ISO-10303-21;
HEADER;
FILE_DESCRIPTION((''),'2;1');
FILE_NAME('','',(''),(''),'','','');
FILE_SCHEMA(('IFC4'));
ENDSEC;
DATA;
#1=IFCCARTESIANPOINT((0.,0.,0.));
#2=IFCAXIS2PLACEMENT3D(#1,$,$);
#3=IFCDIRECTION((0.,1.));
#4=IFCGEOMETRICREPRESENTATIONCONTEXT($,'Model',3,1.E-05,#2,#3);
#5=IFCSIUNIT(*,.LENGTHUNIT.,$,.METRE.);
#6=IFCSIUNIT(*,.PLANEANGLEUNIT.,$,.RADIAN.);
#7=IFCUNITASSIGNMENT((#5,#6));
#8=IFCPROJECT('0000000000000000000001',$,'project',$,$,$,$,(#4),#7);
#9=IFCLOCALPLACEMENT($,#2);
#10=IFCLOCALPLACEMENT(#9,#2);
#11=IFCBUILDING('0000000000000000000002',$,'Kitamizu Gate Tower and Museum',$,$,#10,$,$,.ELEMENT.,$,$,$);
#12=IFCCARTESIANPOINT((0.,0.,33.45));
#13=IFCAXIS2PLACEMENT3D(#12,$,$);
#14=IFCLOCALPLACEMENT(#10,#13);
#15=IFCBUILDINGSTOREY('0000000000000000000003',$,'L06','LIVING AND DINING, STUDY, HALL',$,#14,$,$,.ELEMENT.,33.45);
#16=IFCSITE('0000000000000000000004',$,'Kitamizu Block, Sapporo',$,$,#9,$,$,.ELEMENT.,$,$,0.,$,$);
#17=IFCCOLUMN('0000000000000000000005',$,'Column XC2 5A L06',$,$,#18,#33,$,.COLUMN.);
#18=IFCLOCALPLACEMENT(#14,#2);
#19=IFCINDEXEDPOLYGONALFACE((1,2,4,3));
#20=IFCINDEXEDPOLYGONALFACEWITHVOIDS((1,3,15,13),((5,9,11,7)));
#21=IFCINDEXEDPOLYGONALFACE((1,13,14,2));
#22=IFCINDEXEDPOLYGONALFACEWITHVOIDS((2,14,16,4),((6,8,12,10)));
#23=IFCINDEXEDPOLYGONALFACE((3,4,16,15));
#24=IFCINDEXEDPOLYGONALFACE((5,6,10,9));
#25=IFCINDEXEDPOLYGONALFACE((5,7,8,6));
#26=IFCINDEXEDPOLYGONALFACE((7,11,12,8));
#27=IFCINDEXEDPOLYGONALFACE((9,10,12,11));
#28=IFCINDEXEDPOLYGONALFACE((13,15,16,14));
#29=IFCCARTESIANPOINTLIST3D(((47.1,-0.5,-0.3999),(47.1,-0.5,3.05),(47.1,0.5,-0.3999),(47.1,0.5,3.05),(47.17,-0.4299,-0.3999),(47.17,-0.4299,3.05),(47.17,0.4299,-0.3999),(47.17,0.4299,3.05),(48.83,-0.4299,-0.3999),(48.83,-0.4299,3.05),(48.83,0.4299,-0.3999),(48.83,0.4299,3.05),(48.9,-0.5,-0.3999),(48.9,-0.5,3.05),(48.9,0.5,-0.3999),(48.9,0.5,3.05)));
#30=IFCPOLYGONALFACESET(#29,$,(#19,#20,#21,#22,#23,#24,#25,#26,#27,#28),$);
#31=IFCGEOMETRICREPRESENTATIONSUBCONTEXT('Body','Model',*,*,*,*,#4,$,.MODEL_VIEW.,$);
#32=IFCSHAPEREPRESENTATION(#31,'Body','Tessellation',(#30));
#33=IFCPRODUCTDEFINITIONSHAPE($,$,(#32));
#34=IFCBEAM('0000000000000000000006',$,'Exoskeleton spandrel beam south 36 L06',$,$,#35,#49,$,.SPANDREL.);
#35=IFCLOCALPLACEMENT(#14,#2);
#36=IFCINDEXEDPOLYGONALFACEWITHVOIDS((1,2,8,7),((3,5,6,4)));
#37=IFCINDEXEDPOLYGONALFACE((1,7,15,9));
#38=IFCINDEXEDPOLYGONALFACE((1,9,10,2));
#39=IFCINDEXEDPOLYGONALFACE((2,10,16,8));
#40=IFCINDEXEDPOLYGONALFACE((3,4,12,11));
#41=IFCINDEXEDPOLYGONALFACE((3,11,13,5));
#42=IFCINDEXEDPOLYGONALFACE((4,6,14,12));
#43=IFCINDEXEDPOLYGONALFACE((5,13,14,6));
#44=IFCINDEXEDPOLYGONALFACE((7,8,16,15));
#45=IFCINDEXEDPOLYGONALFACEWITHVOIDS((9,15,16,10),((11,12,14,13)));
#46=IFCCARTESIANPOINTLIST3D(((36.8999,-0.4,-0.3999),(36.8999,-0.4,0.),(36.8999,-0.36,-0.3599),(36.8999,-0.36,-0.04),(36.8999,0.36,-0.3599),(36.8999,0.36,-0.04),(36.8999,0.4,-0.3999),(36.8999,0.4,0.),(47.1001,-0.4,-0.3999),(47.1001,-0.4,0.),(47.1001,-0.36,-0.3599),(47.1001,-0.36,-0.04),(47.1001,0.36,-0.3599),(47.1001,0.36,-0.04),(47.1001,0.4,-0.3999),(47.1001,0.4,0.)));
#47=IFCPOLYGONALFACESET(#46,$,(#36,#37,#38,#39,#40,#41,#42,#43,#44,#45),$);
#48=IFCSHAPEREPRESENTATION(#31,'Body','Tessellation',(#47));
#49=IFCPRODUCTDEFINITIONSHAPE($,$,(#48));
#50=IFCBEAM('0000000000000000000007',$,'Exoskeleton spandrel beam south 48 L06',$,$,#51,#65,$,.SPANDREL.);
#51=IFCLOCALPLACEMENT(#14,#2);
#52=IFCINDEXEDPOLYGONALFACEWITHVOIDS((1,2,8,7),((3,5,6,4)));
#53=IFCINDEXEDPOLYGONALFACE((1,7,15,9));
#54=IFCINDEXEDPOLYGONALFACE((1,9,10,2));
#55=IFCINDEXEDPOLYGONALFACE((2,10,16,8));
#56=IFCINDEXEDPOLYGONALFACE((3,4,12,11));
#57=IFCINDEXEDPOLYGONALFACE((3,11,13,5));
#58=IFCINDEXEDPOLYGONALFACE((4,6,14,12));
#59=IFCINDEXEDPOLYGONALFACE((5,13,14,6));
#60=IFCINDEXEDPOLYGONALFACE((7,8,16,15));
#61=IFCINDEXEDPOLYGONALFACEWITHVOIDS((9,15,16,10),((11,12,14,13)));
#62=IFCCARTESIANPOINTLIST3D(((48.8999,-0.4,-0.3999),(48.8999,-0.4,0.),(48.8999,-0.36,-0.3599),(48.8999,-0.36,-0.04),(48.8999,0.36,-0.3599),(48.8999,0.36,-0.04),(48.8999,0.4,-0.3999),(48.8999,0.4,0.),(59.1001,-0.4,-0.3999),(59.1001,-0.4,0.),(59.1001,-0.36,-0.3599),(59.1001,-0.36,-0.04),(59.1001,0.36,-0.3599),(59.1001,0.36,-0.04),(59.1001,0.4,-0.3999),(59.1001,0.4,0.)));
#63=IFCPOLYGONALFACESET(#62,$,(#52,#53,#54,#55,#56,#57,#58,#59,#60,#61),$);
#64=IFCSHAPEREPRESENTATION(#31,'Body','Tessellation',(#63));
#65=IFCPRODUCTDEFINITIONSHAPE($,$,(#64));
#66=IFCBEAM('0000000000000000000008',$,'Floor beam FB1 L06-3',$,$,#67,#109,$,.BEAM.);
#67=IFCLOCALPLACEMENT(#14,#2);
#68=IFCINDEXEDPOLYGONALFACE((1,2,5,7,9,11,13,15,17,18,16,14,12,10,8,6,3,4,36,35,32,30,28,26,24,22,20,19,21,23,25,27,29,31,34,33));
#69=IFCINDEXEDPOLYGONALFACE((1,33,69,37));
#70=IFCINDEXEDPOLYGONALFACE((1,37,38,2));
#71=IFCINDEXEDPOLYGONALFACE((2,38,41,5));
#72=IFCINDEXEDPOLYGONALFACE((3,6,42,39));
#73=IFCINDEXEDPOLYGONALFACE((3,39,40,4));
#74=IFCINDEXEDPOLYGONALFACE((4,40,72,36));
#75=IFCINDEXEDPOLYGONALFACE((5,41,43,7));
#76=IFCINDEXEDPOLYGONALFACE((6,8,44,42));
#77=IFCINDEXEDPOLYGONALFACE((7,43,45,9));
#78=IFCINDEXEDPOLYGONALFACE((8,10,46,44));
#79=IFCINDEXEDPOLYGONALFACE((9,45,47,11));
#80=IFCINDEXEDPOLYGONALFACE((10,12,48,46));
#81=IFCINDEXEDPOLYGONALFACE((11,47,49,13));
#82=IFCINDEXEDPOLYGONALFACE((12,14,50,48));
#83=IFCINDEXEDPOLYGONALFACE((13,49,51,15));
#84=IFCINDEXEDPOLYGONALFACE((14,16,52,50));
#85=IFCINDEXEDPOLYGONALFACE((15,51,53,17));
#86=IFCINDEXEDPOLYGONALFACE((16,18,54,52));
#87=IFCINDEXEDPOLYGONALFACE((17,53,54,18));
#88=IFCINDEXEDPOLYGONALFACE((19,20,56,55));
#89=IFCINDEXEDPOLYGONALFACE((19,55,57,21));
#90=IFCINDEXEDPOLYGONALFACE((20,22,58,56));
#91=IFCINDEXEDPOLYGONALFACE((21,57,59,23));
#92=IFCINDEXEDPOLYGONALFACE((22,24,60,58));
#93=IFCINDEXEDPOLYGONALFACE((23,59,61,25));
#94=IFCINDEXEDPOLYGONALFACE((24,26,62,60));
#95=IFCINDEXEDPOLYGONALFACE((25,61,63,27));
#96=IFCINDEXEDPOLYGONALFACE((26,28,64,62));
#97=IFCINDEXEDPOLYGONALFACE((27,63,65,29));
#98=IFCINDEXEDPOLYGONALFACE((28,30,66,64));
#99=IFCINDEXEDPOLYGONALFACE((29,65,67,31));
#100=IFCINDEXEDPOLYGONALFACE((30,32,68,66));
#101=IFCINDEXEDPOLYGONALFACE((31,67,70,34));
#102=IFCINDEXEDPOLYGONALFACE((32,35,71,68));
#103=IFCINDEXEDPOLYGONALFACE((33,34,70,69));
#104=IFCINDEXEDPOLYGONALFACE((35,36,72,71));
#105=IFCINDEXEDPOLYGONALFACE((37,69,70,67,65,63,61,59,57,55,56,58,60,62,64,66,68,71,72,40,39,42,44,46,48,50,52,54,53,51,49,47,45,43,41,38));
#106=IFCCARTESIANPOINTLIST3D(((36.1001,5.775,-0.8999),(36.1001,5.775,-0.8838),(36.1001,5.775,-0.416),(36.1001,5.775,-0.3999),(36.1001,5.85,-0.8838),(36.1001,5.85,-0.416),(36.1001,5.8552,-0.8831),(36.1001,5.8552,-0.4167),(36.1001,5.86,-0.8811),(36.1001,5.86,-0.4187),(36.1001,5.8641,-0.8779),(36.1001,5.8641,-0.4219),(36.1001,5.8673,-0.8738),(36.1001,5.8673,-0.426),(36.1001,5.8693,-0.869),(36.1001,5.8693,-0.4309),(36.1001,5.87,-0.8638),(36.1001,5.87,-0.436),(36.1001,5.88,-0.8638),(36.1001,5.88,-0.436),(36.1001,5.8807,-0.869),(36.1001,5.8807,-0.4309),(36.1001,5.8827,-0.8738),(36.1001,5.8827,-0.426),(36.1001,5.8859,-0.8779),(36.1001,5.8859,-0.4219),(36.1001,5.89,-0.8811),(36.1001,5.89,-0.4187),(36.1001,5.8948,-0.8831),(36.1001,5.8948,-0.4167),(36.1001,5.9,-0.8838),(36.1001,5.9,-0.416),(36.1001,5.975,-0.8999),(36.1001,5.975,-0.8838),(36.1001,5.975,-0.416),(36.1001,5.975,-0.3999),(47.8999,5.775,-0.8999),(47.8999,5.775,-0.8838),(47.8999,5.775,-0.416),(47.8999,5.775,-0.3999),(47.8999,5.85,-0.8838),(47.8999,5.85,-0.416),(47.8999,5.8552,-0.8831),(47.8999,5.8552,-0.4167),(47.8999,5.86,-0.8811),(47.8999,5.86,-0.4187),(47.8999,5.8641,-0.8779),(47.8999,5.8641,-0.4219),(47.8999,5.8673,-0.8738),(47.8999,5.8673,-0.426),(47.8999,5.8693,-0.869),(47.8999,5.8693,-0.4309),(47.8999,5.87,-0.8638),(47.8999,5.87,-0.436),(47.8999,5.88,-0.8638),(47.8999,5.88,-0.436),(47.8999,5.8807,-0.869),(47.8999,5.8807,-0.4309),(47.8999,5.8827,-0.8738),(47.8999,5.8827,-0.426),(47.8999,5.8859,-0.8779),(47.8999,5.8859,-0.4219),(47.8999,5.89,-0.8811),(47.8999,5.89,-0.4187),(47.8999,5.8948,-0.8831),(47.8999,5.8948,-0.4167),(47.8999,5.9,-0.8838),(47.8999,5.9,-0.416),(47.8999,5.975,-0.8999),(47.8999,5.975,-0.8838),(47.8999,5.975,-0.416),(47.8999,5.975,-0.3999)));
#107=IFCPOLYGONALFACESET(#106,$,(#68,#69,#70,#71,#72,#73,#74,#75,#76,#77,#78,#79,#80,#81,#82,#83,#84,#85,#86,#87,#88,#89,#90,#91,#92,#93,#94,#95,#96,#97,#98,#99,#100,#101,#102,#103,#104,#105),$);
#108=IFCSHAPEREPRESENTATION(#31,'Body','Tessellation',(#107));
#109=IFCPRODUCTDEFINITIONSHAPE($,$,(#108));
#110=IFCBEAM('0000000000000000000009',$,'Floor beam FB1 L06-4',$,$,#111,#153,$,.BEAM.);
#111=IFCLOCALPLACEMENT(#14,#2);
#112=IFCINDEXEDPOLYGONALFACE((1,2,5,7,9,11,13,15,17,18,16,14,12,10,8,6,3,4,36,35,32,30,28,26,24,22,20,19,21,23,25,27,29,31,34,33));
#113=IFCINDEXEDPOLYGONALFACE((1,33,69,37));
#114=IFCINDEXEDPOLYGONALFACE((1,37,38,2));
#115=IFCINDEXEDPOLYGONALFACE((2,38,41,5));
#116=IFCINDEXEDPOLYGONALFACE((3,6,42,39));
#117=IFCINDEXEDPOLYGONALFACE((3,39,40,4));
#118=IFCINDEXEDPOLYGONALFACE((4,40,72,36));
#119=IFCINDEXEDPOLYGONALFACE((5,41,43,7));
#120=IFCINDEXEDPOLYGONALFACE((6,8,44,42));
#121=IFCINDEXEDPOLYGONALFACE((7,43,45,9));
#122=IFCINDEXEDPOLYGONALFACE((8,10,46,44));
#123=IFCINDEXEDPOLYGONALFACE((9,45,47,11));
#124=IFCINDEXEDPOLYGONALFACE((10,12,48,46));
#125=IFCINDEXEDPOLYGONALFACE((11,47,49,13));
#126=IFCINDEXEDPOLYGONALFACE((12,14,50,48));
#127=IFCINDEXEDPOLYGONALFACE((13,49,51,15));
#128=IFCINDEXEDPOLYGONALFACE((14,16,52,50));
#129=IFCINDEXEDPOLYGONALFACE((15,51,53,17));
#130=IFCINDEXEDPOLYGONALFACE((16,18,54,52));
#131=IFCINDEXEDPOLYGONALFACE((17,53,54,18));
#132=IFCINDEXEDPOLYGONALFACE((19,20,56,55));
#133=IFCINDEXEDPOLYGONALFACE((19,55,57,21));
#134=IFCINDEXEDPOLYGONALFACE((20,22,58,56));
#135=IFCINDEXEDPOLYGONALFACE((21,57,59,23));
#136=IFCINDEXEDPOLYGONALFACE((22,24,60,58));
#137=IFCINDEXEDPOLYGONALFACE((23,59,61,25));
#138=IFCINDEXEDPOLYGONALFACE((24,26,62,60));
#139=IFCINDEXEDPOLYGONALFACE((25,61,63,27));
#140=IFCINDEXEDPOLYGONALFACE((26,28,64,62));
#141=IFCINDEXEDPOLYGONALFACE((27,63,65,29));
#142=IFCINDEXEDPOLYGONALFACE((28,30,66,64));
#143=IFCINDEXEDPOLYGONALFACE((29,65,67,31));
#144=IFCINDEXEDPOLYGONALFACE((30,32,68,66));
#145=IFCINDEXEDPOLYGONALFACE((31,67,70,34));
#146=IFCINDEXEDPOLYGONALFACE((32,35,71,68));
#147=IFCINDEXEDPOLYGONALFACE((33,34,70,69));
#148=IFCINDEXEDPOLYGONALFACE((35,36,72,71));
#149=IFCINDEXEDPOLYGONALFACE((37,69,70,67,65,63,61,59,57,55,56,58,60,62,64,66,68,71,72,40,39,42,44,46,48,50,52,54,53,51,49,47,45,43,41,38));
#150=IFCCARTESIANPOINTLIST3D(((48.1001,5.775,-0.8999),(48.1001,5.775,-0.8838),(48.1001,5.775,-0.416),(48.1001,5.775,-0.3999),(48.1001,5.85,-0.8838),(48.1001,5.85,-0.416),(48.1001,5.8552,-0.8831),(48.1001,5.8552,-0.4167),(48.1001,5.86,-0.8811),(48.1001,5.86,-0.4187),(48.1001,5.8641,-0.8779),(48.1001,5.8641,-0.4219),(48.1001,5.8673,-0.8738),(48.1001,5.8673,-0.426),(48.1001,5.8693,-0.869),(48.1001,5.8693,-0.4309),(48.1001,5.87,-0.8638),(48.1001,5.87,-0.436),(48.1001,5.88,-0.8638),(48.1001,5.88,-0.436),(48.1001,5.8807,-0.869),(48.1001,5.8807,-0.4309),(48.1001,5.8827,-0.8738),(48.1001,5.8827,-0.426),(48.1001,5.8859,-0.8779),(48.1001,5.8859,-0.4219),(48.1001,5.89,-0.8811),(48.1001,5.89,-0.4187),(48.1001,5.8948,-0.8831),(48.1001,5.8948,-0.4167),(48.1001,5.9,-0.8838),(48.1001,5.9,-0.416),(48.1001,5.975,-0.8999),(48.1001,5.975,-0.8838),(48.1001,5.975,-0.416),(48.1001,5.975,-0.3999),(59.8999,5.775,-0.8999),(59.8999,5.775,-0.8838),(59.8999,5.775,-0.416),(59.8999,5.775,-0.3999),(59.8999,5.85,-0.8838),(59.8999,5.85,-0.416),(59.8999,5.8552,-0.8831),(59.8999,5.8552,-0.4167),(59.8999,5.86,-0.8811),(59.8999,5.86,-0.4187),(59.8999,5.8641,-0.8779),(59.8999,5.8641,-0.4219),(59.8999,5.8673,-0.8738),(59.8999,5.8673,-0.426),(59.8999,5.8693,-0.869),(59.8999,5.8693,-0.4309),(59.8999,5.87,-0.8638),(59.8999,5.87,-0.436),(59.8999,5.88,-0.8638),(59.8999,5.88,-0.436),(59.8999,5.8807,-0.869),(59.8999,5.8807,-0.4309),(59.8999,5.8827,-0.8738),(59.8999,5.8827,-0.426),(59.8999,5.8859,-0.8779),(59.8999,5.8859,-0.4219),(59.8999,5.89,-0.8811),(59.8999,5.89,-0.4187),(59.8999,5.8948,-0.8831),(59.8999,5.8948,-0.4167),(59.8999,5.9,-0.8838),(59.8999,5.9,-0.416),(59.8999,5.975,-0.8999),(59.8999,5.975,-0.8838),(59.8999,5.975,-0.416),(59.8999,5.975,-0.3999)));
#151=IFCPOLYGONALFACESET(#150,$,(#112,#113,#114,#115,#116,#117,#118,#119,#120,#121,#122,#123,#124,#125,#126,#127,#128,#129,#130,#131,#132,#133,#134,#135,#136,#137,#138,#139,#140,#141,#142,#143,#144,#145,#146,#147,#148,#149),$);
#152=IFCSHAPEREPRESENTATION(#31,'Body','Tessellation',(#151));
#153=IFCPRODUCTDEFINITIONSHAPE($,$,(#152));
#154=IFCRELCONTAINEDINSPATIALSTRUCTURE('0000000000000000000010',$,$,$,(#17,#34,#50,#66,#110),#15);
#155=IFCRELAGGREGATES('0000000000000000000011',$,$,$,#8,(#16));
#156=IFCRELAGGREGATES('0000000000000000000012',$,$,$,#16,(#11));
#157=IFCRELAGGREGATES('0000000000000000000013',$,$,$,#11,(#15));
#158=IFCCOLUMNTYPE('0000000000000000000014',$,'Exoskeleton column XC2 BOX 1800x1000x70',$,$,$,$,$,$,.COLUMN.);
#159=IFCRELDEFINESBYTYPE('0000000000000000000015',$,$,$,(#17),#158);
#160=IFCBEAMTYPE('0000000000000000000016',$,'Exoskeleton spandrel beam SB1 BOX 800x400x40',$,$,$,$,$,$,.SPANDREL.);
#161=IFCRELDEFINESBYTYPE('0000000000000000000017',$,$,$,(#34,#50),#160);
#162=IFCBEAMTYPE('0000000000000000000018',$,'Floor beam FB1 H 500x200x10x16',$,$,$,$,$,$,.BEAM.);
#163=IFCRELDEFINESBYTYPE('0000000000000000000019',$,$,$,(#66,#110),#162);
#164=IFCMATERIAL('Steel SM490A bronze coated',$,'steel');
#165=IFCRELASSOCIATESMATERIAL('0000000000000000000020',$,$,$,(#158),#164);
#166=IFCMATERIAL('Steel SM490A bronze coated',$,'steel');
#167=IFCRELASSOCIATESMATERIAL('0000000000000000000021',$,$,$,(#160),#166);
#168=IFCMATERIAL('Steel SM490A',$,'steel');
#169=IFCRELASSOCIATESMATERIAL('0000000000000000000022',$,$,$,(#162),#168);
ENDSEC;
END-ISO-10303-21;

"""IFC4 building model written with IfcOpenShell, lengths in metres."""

from ifc_helpers import new_model, si_unit, direction, frame, origin, origin_2d, place, context, subcontext, project, spatial, hollow_rectangle, i_section, extrude, material, material_profile, profile_set, type_object, element, save


model = new_model("IFC4")

# Units and contexts
model_context = context("Model", 3, precision=1e-05, world=origin(), true_north=direction((0.0, 1.0)))
body_context = subcontext(model_context, "Body", "Model", "MODEL_VIEW")
ifc_project = project(units=[si_unit("LENGTHUNIT", "METRE"), si_unit("PLANEANGLEUNIT", "RADIAN")], contexts=[model_context])

# Site, building, storey
site_placement = place(None, origin())
site = spatial("IfcSite", under=ifc_project, at=site_placement, Name="Kitamizu Block, Sapporo", CompositionType="ELEMENT", RefElevation=0.0)
building_placement = place(site_placement, origin())
building = spatial("IfcBuilding", under=site, at=building_placement, Name="Kitamizu Gate Tower and Museum", CompositionType="ELEMENT")
storey_placement = place(building_placement, frame((0.0, 0.0, 33.45)))
storey = spatial("IfcBuildingStorey", under=building, at=storey_placement, Name="L06", Description="LIVING AND DINING, STUDY, HALL", CompositionType="ELEMENT", Elevation=33.45)

# Column
ifc_material_1 = material(Name="Steel SM490A bronze coated", Category="steel")
ifc_material_profile_1 = material_profile(ifc_material_1, hollow_rectangle(XDim=1.8, YDim=1.0, WallThickness=0.0701, at=origin_2d()), Name="BOX 1800x1000x70")
ifc_profile_set_1 = profile_set([ifc_material_profile_1], Name="Steel SM490A bronze coated")
column_type = type_object("IfcColumnType", Name="Exoskeleton column XC2 BOX 1800x1000x70", PredefinedType="COLUMN", material=ifc_profile_set_1)
column_placement = place(storey_placement, frame((48.0, 0.0, -0.3999), z_axis=(0.0, 0.0, 1.0), x_axis=(1.0, 0.0, 0.0)))
element("IfcColumn", 1, at=column_placement, inside=storey, type_object=column_type, Name="Column XC2 5A L06", PredefinedType="COLUMN", context=body_context, shape_type="SweptSolid", body=[
    extrude(hollow_rectangle(XDim=1.8, YDim=1.0, WallThickness=0.0701, at=origin_2d()), origin(), (0.0, 0.0, 1.0), 3.45),
])

# Beams
ifc_material_2 = material(Name="Steel SM490A bronze coated", Category="steel")
ifc_material_profile_2 = material_profile(ifc_material_2, hollow_rectangle(XDim=0.8, YDim=0.3999, WallThickness=0.04, at=origin_2d()), Name="BOX 800x400x40")
ifc_profile_set_2 = profile_set([ifc_material_profile_2], Name="Steel SM490A bronze coated")
beam_type_1 = type_object("IfcBeamType", Name="Exoskeleton spandrel beam SB1 BOX 800x400x40", PredefinedType="SPANDREL", material=ifc_profile_set_2)
for number, where, z_axis, x_axis, name in (
    (2, (36.8999, 0.0, -0.2), (1.0, 0.0, 0.0), (0.0, 1.0, 0.0), "Exoskeleton spandrel beam south 36 L06"),
    (3, (48.8999, 0.0, -0.2), (1.0, 0.0, 0.0), (0.0, 1.0, 0.0), "Exoskeleton spandrel beam south 48 L06"),
):
    element("IfcBeam", number, at=place(storey_placement, frame(where, z_axis=z_axis, x_axis=x_axis)), inside=storey, type_object=beam_type_1, Name=name, PredefinedType="SPANDREL", context=body_context, shape_type="SweptSolid", body=[
        extrude(hollow_rectangle(XDim=0.8, YDim=0.3999, WallThickness=0.04, at=origin_2d()), origin(), (0.0, 0.0, 1.0), 10.2002),
    ])
ifc_material_3 = material(Name="Steel SM490A", Category="steel")
ifc_material_profile_3 = material_profile(ifc_material_3, i_section(OverallWidth=0.2, OverallDepth=0.5, WebThickness=0.01, FlangeThickness=0.0161, FilletRadius=0.02, at=origin_2d()), Name="H-500x200x10x16")
ifc_profile_set_3 = profile_set([ifc_material_profile_3], Name="Steel SM490A")
beam_type_2 = type_object("IfcBeamType", Name="Floor beam FB1 H 500x200x10x16", PredefinedType="BEAM", material=ifc_profile_set_3)
for number, where, z_axis, x_axis, name in (
    (4, (36.1001, 5.875, -0.6499), (1.0, 0.0, 0.0), (0.0, 1.0, 0.0), "Floor beam FB1 L06-3"),
    (5, (48.1001, 5.875, -0.6499), (1.0, 0.0, 0.0), (0.0, 1.0, 0.0), "Floor beam FB1 L06-4"),
):
    element("IfcBeam", number, at=place(storey_placement, frame(where, z_axis=z_axis, x_axis=x_axis)), inside=storey, type_object=beam_type_2, Name=name, PredefinedType="BEAM", context=body_context, shape_type="SweptSolid", body=[
        extrude(i_section(OverallWidth=0.2, OverallDepth=0.5, WebThickness=0.01, FlangeThickness=0.0161, FilletRadius=0.02, at=origin_2d()), origin(), (0.0, 0.0, 1.0), 11.7998),
    ])

save(model, "model.ifc")
